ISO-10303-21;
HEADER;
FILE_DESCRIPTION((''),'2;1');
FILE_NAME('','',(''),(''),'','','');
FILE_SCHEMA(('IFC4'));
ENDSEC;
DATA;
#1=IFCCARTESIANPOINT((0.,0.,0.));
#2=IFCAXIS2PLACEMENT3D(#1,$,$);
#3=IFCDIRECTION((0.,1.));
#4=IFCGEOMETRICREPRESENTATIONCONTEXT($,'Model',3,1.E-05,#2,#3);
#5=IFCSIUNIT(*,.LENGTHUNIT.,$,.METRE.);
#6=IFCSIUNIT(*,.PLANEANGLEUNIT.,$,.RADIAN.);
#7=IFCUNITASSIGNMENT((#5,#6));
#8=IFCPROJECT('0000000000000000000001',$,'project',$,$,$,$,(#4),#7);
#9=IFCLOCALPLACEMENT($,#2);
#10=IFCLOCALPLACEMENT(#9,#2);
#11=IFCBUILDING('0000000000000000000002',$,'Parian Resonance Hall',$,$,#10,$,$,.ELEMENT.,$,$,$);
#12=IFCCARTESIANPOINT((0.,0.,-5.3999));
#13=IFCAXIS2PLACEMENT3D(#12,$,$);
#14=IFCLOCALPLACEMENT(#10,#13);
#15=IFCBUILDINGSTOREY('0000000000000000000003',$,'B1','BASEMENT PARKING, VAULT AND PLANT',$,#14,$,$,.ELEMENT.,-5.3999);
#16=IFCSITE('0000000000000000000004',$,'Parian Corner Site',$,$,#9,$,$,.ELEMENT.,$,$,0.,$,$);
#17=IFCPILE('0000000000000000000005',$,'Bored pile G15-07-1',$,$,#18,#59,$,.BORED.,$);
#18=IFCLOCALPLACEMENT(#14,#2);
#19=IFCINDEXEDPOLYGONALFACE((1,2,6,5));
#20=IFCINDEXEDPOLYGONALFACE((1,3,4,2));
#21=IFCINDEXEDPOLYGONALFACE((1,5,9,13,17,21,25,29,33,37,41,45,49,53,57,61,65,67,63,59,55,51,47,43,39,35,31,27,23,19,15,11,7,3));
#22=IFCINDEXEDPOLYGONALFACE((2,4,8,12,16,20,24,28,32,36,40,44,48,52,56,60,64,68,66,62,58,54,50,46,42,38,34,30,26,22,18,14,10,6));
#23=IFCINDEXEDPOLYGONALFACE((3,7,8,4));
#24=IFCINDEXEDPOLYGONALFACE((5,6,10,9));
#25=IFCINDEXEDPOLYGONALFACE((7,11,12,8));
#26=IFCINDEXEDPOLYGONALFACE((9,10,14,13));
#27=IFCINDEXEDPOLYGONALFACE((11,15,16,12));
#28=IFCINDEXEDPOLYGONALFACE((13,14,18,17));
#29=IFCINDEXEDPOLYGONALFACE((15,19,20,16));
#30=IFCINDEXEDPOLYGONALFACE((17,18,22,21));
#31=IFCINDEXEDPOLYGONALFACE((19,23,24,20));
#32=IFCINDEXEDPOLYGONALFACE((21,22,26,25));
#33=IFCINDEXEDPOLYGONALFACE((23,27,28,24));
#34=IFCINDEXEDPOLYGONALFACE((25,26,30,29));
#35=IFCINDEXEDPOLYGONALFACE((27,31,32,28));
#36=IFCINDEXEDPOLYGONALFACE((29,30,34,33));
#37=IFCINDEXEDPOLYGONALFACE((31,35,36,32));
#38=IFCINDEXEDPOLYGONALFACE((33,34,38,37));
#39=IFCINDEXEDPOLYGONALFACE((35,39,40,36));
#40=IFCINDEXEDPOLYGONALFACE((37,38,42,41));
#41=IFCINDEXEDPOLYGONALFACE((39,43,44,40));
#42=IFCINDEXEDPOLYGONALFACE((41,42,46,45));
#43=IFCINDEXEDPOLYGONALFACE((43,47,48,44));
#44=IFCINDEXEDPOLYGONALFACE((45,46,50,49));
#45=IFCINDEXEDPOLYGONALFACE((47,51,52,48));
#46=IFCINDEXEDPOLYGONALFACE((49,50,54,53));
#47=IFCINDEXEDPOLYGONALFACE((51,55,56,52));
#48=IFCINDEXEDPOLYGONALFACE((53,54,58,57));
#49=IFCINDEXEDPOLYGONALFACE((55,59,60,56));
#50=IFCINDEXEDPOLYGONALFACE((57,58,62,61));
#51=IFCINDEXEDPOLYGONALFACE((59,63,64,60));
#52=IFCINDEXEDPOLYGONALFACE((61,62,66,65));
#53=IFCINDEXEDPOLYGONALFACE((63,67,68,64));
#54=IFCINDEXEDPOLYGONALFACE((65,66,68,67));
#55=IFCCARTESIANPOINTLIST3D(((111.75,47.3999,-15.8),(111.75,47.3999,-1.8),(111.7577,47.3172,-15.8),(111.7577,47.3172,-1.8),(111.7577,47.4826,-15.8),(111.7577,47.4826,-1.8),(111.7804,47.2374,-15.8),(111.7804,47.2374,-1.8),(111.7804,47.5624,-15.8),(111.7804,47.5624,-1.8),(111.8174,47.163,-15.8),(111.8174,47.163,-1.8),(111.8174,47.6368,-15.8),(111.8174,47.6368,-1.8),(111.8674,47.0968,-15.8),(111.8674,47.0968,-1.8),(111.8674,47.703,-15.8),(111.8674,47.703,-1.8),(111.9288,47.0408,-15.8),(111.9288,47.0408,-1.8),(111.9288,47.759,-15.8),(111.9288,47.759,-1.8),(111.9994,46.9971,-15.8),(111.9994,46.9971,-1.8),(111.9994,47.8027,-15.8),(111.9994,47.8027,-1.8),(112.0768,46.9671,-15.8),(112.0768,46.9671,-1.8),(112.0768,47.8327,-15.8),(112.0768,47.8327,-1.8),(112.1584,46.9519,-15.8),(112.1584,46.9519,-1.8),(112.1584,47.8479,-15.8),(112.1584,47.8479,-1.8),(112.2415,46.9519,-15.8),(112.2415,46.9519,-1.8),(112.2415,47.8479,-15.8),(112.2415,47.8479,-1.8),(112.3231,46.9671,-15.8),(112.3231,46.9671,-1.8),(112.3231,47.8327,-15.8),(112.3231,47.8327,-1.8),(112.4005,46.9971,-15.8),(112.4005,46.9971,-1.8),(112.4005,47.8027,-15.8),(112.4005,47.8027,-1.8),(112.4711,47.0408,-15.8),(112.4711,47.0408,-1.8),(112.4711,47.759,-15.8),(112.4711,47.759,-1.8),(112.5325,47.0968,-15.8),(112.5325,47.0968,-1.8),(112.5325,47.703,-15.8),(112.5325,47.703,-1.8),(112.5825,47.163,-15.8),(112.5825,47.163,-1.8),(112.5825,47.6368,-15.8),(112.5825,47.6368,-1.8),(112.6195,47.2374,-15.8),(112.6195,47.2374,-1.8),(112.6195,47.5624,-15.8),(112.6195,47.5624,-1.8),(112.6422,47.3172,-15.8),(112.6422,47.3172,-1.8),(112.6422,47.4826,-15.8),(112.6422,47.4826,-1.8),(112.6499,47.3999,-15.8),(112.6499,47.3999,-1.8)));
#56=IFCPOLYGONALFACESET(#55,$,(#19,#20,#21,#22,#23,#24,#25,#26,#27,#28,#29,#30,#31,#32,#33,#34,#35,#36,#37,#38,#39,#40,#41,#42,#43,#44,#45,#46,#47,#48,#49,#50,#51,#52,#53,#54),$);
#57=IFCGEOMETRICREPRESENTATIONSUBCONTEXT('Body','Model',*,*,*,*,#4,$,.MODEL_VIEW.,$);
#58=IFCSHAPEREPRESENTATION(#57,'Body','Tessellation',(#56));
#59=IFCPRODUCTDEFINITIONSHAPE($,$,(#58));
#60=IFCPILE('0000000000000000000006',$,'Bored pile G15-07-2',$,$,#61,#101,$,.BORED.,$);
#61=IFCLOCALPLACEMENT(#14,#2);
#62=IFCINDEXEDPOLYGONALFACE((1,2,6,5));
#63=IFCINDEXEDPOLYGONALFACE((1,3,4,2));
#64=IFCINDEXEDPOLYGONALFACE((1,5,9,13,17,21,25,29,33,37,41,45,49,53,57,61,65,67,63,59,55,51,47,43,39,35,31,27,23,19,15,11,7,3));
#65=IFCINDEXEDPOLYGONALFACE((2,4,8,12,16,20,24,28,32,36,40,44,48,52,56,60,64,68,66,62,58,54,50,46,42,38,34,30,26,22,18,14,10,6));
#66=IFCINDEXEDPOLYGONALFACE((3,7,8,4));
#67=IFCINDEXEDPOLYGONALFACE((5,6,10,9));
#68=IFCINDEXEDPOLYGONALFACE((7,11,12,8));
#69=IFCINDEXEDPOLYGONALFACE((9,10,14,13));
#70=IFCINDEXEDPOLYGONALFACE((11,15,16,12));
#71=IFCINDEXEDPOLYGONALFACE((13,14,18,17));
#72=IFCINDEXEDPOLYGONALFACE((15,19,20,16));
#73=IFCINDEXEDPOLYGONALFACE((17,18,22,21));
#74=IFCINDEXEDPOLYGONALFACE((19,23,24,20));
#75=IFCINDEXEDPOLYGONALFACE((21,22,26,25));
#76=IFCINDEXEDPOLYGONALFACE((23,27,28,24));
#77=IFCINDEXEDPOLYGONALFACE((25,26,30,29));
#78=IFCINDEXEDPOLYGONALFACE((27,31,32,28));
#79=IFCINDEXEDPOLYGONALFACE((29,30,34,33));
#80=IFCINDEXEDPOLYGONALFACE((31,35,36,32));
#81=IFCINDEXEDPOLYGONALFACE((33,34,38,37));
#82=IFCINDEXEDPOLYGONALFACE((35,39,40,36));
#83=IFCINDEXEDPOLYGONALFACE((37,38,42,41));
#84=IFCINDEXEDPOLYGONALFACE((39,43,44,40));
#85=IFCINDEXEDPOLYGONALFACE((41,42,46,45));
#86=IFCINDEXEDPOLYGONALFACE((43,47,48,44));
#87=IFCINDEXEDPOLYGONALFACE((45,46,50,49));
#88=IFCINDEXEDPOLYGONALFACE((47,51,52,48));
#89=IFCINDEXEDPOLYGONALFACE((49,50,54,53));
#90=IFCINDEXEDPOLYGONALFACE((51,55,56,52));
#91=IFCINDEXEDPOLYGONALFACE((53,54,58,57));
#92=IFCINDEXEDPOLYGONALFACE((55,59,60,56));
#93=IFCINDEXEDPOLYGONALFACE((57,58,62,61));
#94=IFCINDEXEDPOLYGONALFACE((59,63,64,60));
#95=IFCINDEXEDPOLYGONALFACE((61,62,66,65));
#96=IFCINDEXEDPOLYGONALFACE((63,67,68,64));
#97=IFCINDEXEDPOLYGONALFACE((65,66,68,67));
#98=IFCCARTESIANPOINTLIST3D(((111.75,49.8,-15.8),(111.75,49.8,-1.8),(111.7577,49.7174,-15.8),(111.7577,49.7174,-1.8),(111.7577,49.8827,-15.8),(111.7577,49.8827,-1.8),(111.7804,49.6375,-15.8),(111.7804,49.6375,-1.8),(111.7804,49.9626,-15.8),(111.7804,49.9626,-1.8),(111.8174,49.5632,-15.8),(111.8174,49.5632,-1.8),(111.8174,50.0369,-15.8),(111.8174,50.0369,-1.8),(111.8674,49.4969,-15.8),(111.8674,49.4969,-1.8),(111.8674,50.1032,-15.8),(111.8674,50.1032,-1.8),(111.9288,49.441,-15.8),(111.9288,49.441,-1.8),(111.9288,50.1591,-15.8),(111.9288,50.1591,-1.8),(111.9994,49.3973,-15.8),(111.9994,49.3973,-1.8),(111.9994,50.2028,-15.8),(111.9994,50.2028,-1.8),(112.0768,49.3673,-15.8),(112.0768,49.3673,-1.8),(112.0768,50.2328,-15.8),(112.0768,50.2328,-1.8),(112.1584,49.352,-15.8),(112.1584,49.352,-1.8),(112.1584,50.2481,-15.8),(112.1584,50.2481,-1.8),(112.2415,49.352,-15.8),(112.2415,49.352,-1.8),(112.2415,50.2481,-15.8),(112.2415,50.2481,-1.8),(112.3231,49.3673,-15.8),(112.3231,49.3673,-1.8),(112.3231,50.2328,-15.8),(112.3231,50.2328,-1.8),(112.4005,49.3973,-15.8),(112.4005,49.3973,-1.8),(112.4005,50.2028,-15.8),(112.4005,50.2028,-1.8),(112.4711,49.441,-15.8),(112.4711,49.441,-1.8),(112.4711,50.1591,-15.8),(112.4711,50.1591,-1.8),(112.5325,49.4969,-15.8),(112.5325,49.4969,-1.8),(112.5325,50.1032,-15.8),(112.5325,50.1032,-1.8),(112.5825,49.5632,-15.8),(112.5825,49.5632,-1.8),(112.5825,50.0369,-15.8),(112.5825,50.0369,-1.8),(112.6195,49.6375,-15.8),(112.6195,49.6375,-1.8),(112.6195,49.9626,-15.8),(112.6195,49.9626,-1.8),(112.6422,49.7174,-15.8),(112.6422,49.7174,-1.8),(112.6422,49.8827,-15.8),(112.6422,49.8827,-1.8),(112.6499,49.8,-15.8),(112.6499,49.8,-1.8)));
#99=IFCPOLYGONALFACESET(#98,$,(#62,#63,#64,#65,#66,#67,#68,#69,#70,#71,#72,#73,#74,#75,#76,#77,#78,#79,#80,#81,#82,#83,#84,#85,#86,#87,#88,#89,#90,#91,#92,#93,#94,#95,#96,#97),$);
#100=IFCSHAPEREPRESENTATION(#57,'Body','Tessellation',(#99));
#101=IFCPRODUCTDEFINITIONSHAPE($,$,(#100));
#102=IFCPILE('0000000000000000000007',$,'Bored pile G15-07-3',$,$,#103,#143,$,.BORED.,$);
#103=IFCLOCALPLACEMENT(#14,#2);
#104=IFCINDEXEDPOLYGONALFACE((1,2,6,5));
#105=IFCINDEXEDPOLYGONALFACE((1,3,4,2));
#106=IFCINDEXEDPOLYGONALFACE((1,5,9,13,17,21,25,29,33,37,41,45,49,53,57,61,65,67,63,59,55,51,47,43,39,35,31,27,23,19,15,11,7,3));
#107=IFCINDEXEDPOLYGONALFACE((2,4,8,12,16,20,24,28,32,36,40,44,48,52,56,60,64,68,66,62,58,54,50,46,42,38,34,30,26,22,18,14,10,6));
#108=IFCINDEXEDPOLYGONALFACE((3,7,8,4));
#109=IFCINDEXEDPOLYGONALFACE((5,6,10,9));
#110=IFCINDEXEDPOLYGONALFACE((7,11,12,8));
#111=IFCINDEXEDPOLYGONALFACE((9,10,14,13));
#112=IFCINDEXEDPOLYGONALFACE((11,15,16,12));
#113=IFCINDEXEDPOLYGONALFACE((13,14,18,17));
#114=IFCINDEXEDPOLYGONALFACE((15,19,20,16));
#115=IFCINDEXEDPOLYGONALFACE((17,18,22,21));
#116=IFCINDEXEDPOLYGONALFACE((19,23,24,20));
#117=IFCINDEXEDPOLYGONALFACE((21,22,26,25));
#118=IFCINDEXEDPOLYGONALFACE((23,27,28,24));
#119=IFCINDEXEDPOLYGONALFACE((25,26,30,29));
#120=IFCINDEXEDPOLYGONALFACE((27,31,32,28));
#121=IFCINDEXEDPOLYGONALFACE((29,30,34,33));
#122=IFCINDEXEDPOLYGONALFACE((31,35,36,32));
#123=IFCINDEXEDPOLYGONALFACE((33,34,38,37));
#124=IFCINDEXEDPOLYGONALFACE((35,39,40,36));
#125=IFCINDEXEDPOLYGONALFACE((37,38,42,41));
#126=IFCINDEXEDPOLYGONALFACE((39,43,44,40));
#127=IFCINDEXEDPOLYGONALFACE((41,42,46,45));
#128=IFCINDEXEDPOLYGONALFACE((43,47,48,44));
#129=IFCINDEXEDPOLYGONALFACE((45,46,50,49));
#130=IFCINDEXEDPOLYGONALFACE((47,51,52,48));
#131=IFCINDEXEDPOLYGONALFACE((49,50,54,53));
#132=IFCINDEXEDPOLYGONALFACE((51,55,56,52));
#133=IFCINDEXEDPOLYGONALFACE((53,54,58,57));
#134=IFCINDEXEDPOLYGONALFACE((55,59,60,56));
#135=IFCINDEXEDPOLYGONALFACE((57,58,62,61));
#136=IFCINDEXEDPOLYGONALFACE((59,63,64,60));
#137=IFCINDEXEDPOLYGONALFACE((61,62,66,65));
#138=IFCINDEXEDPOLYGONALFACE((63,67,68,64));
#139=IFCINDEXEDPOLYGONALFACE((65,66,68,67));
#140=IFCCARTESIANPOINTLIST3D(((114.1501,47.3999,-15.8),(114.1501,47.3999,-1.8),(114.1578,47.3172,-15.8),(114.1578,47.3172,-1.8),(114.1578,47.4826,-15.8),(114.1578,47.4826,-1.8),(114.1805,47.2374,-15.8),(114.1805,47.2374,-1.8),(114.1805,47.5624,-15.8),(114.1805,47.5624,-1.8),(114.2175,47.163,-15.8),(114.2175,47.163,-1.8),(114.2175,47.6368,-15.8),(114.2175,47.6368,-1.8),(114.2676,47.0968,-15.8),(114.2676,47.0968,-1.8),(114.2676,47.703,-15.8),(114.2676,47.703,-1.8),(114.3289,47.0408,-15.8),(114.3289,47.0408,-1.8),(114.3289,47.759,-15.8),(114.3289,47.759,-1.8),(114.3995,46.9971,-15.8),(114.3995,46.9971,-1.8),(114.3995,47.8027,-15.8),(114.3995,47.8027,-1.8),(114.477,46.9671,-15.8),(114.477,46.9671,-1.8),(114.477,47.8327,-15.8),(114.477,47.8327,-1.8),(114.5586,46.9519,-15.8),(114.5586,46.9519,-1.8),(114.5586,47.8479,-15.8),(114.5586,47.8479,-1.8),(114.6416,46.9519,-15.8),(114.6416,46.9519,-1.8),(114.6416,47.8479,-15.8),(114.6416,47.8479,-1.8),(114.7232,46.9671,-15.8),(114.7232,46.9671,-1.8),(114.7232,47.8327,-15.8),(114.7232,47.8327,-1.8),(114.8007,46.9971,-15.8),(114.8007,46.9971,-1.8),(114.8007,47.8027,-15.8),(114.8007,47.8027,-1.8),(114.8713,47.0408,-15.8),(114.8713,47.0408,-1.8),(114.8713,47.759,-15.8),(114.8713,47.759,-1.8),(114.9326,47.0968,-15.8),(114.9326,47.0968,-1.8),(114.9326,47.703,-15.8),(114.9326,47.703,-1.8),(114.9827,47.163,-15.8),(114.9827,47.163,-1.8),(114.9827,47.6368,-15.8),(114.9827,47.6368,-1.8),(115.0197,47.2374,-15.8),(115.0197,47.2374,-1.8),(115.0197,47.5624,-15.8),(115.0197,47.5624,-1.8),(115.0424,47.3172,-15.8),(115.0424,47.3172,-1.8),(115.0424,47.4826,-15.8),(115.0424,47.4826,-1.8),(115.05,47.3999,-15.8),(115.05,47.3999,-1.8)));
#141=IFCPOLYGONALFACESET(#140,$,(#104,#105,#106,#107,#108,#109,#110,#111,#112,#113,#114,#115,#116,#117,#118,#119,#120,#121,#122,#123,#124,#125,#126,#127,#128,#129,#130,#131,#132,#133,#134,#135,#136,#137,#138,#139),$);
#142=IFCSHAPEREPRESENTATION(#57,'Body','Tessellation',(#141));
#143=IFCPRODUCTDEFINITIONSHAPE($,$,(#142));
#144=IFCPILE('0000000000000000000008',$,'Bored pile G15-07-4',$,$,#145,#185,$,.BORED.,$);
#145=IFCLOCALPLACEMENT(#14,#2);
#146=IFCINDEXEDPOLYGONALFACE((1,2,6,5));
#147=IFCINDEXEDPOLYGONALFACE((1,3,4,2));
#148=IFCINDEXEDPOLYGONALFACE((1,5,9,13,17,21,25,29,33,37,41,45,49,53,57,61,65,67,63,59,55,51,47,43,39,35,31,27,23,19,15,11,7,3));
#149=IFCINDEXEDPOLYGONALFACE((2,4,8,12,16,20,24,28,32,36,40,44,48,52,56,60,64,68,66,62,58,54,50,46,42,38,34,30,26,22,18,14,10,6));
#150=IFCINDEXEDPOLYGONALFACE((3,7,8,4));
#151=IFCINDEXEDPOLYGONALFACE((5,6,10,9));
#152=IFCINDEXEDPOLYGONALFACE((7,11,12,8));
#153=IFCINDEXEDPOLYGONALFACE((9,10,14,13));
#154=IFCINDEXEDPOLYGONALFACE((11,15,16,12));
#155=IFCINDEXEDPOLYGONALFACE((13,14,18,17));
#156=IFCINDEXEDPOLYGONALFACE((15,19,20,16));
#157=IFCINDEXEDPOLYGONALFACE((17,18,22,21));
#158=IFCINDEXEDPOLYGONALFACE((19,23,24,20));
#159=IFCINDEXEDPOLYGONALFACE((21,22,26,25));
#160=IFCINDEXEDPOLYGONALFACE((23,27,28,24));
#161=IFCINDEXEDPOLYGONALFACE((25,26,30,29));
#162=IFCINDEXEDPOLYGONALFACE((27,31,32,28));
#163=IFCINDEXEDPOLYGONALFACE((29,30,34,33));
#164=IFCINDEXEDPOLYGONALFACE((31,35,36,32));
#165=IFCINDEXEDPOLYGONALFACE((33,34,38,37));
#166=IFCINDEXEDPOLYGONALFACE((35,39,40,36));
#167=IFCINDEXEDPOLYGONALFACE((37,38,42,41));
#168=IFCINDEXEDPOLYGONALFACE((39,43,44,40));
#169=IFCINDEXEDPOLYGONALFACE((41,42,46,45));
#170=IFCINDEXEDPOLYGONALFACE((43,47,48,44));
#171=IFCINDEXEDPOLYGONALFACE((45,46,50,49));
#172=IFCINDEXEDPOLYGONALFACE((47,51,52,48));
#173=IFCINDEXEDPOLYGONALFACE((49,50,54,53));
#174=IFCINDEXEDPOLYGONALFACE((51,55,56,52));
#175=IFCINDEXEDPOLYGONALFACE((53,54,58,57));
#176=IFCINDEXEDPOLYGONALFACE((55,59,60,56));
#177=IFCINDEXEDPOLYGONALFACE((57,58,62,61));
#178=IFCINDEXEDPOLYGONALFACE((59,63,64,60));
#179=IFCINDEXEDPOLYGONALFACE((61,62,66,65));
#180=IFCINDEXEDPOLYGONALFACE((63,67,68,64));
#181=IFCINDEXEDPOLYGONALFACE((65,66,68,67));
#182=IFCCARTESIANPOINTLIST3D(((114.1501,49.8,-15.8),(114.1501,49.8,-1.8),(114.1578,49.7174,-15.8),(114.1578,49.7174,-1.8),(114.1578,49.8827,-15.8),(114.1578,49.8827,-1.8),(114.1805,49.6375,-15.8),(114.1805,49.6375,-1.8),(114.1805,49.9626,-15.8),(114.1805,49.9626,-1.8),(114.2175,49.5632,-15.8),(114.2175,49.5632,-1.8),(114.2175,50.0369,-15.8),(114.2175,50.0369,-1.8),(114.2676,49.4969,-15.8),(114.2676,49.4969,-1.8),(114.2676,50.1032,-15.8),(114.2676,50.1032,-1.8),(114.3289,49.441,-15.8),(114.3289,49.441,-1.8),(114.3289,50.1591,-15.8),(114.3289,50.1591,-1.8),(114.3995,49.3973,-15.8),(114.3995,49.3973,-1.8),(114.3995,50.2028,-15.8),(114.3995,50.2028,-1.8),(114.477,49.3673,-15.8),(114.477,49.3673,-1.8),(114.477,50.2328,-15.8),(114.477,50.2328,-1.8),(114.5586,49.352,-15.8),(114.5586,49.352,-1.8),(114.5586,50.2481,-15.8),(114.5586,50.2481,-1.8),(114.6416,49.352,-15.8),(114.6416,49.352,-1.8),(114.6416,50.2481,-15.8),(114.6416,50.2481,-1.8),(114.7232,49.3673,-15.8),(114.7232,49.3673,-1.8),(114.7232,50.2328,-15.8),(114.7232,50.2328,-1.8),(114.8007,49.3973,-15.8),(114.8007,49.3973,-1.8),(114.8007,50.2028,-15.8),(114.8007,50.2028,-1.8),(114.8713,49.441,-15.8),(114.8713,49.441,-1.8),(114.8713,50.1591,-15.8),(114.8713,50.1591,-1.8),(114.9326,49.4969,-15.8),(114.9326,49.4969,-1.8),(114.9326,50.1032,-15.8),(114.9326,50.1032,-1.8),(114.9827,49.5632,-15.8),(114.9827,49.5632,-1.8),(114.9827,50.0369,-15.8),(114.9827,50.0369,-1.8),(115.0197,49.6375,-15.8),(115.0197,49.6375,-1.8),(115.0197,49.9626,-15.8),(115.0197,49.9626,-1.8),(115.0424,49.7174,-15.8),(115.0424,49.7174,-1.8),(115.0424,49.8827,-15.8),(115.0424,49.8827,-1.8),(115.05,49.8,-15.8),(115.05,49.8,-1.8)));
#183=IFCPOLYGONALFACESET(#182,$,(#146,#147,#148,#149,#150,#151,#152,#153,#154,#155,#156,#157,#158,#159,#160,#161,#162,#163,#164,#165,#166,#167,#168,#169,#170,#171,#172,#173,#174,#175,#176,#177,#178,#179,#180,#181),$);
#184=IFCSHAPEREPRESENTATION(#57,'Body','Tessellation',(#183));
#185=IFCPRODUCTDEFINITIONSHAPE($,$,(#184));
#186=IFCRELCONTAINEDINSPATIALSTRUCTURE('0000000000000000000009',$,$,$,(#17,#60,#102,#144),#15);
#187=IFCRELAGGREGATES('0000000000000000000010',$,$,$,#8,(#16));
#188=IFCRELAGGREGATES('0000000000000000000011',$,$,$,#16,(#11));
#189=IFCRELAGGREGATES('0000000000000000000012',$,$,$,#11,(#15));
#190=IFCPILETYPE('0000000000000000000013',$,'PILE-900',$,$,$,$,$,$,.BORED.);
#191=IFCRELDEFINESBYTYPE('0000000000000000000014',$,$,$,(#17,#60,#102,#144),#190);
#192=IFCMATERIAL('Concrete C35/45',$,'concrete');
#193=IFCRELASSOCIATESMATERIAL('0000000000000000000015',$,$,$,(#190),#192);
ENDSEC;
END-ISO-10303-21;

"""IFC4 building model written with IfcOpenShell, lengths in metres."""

from ifc_helpers import new_model, si_unit, direction, frame, origin, origin_2d, place, context, subcontext, project, spatial, circle, extrude, material, material_profile, profile_set, type_object, element, save


model = new_model("IFC4")

# Units and contexts
model_context = context("Model", 3, precision=1e-05, world=origin(), true_north=direction((0.0, 1.0)))
body_context = subcontext(model_context, "Body", "Model", "MODEL_VIEW")
ifc_project = project(units=[si_unit("LENGTHUNIT", "METRE"), si_unit("PLANEANGLEUNIT", "RADIAN")], contexts=[model_context])

# Site, building, storey
site_placement = place(None, origin())
site = spatial("IfcSite", under=ifc_project, at=site_placement, Name="Parian Corner Site", CompositionType="ELEMENT", RefElevation=0.0)
building_placement = place(site_placement, origin())
building = spatial("IfcBuilding", under=site, at=building_placement, Name="Parian Resonance Hall", CompositionType="ELEMENT")
storey_placement = place(building_placement, frame((0.0, 0.0, -5.3999)))
storey = spatial("IfcBuildingStorey", under=building, at=storey_placement, Name="B1", Description="BASEMENT PARKING, VAULT AND PLANT", CompositionType="ELEMENT", Elevation=-5.3999)

# Piles
ifc_material_1 = material(Name="Concrete C35/45", Category="concrete")
ifc_material_profile_1 = material_profile(ifc_material_1, circle(Radius=0.45, at=origin_2d()), Name="PILE-D900")
ifc_profile_set_1 = profile_set([ifc_material_profile_1], Name="Concrete C35/45")
pile_type = type_object("IfcPileType", Name="PILE-900", PredefinedType="BORED", material=ifc_profile_set_1)
for number, where, z_axis, x_axis, name in (
    (1, (112.2, 47.3999, -1.8), (0.0, 0.0, -1.0), (1.0, 0.0, 0.0), "Bored pile G15-07-1"),
    (2, (112.2, 49.8, -1.8), (0.0, 0.0, -1.0), (1.0, 0.0, 0.0), "Bored pile G15-07-2"),
    (3, (114.6001, 47.3999, -1.8), (0.0, 0.0, -1.0), (1.0, 0.0, 0.0), "Bored pile G15-07-3"),
    (4, (114.6001, 49.8, -1.8), (0.0, 0.0, -1.0), (1.0, 0.0, 0.0), "Bored pile G15-07-4"),
):
    element("IfcPile", number, at=place(storey_placement, frame(where, z_axis=z_axis, x_axis=x_axis)), inside=storey, type_object=pile_type, Name=name, PredefinedType="BORED", context=body_context, shape_type="SweptSolid", body=[
        extrude(circle(Radius=0.45, at=origin_2d()), origin(), (0.0, 0.0, 1.0), 14.0),
    ])

save(model, "model.ifc")
